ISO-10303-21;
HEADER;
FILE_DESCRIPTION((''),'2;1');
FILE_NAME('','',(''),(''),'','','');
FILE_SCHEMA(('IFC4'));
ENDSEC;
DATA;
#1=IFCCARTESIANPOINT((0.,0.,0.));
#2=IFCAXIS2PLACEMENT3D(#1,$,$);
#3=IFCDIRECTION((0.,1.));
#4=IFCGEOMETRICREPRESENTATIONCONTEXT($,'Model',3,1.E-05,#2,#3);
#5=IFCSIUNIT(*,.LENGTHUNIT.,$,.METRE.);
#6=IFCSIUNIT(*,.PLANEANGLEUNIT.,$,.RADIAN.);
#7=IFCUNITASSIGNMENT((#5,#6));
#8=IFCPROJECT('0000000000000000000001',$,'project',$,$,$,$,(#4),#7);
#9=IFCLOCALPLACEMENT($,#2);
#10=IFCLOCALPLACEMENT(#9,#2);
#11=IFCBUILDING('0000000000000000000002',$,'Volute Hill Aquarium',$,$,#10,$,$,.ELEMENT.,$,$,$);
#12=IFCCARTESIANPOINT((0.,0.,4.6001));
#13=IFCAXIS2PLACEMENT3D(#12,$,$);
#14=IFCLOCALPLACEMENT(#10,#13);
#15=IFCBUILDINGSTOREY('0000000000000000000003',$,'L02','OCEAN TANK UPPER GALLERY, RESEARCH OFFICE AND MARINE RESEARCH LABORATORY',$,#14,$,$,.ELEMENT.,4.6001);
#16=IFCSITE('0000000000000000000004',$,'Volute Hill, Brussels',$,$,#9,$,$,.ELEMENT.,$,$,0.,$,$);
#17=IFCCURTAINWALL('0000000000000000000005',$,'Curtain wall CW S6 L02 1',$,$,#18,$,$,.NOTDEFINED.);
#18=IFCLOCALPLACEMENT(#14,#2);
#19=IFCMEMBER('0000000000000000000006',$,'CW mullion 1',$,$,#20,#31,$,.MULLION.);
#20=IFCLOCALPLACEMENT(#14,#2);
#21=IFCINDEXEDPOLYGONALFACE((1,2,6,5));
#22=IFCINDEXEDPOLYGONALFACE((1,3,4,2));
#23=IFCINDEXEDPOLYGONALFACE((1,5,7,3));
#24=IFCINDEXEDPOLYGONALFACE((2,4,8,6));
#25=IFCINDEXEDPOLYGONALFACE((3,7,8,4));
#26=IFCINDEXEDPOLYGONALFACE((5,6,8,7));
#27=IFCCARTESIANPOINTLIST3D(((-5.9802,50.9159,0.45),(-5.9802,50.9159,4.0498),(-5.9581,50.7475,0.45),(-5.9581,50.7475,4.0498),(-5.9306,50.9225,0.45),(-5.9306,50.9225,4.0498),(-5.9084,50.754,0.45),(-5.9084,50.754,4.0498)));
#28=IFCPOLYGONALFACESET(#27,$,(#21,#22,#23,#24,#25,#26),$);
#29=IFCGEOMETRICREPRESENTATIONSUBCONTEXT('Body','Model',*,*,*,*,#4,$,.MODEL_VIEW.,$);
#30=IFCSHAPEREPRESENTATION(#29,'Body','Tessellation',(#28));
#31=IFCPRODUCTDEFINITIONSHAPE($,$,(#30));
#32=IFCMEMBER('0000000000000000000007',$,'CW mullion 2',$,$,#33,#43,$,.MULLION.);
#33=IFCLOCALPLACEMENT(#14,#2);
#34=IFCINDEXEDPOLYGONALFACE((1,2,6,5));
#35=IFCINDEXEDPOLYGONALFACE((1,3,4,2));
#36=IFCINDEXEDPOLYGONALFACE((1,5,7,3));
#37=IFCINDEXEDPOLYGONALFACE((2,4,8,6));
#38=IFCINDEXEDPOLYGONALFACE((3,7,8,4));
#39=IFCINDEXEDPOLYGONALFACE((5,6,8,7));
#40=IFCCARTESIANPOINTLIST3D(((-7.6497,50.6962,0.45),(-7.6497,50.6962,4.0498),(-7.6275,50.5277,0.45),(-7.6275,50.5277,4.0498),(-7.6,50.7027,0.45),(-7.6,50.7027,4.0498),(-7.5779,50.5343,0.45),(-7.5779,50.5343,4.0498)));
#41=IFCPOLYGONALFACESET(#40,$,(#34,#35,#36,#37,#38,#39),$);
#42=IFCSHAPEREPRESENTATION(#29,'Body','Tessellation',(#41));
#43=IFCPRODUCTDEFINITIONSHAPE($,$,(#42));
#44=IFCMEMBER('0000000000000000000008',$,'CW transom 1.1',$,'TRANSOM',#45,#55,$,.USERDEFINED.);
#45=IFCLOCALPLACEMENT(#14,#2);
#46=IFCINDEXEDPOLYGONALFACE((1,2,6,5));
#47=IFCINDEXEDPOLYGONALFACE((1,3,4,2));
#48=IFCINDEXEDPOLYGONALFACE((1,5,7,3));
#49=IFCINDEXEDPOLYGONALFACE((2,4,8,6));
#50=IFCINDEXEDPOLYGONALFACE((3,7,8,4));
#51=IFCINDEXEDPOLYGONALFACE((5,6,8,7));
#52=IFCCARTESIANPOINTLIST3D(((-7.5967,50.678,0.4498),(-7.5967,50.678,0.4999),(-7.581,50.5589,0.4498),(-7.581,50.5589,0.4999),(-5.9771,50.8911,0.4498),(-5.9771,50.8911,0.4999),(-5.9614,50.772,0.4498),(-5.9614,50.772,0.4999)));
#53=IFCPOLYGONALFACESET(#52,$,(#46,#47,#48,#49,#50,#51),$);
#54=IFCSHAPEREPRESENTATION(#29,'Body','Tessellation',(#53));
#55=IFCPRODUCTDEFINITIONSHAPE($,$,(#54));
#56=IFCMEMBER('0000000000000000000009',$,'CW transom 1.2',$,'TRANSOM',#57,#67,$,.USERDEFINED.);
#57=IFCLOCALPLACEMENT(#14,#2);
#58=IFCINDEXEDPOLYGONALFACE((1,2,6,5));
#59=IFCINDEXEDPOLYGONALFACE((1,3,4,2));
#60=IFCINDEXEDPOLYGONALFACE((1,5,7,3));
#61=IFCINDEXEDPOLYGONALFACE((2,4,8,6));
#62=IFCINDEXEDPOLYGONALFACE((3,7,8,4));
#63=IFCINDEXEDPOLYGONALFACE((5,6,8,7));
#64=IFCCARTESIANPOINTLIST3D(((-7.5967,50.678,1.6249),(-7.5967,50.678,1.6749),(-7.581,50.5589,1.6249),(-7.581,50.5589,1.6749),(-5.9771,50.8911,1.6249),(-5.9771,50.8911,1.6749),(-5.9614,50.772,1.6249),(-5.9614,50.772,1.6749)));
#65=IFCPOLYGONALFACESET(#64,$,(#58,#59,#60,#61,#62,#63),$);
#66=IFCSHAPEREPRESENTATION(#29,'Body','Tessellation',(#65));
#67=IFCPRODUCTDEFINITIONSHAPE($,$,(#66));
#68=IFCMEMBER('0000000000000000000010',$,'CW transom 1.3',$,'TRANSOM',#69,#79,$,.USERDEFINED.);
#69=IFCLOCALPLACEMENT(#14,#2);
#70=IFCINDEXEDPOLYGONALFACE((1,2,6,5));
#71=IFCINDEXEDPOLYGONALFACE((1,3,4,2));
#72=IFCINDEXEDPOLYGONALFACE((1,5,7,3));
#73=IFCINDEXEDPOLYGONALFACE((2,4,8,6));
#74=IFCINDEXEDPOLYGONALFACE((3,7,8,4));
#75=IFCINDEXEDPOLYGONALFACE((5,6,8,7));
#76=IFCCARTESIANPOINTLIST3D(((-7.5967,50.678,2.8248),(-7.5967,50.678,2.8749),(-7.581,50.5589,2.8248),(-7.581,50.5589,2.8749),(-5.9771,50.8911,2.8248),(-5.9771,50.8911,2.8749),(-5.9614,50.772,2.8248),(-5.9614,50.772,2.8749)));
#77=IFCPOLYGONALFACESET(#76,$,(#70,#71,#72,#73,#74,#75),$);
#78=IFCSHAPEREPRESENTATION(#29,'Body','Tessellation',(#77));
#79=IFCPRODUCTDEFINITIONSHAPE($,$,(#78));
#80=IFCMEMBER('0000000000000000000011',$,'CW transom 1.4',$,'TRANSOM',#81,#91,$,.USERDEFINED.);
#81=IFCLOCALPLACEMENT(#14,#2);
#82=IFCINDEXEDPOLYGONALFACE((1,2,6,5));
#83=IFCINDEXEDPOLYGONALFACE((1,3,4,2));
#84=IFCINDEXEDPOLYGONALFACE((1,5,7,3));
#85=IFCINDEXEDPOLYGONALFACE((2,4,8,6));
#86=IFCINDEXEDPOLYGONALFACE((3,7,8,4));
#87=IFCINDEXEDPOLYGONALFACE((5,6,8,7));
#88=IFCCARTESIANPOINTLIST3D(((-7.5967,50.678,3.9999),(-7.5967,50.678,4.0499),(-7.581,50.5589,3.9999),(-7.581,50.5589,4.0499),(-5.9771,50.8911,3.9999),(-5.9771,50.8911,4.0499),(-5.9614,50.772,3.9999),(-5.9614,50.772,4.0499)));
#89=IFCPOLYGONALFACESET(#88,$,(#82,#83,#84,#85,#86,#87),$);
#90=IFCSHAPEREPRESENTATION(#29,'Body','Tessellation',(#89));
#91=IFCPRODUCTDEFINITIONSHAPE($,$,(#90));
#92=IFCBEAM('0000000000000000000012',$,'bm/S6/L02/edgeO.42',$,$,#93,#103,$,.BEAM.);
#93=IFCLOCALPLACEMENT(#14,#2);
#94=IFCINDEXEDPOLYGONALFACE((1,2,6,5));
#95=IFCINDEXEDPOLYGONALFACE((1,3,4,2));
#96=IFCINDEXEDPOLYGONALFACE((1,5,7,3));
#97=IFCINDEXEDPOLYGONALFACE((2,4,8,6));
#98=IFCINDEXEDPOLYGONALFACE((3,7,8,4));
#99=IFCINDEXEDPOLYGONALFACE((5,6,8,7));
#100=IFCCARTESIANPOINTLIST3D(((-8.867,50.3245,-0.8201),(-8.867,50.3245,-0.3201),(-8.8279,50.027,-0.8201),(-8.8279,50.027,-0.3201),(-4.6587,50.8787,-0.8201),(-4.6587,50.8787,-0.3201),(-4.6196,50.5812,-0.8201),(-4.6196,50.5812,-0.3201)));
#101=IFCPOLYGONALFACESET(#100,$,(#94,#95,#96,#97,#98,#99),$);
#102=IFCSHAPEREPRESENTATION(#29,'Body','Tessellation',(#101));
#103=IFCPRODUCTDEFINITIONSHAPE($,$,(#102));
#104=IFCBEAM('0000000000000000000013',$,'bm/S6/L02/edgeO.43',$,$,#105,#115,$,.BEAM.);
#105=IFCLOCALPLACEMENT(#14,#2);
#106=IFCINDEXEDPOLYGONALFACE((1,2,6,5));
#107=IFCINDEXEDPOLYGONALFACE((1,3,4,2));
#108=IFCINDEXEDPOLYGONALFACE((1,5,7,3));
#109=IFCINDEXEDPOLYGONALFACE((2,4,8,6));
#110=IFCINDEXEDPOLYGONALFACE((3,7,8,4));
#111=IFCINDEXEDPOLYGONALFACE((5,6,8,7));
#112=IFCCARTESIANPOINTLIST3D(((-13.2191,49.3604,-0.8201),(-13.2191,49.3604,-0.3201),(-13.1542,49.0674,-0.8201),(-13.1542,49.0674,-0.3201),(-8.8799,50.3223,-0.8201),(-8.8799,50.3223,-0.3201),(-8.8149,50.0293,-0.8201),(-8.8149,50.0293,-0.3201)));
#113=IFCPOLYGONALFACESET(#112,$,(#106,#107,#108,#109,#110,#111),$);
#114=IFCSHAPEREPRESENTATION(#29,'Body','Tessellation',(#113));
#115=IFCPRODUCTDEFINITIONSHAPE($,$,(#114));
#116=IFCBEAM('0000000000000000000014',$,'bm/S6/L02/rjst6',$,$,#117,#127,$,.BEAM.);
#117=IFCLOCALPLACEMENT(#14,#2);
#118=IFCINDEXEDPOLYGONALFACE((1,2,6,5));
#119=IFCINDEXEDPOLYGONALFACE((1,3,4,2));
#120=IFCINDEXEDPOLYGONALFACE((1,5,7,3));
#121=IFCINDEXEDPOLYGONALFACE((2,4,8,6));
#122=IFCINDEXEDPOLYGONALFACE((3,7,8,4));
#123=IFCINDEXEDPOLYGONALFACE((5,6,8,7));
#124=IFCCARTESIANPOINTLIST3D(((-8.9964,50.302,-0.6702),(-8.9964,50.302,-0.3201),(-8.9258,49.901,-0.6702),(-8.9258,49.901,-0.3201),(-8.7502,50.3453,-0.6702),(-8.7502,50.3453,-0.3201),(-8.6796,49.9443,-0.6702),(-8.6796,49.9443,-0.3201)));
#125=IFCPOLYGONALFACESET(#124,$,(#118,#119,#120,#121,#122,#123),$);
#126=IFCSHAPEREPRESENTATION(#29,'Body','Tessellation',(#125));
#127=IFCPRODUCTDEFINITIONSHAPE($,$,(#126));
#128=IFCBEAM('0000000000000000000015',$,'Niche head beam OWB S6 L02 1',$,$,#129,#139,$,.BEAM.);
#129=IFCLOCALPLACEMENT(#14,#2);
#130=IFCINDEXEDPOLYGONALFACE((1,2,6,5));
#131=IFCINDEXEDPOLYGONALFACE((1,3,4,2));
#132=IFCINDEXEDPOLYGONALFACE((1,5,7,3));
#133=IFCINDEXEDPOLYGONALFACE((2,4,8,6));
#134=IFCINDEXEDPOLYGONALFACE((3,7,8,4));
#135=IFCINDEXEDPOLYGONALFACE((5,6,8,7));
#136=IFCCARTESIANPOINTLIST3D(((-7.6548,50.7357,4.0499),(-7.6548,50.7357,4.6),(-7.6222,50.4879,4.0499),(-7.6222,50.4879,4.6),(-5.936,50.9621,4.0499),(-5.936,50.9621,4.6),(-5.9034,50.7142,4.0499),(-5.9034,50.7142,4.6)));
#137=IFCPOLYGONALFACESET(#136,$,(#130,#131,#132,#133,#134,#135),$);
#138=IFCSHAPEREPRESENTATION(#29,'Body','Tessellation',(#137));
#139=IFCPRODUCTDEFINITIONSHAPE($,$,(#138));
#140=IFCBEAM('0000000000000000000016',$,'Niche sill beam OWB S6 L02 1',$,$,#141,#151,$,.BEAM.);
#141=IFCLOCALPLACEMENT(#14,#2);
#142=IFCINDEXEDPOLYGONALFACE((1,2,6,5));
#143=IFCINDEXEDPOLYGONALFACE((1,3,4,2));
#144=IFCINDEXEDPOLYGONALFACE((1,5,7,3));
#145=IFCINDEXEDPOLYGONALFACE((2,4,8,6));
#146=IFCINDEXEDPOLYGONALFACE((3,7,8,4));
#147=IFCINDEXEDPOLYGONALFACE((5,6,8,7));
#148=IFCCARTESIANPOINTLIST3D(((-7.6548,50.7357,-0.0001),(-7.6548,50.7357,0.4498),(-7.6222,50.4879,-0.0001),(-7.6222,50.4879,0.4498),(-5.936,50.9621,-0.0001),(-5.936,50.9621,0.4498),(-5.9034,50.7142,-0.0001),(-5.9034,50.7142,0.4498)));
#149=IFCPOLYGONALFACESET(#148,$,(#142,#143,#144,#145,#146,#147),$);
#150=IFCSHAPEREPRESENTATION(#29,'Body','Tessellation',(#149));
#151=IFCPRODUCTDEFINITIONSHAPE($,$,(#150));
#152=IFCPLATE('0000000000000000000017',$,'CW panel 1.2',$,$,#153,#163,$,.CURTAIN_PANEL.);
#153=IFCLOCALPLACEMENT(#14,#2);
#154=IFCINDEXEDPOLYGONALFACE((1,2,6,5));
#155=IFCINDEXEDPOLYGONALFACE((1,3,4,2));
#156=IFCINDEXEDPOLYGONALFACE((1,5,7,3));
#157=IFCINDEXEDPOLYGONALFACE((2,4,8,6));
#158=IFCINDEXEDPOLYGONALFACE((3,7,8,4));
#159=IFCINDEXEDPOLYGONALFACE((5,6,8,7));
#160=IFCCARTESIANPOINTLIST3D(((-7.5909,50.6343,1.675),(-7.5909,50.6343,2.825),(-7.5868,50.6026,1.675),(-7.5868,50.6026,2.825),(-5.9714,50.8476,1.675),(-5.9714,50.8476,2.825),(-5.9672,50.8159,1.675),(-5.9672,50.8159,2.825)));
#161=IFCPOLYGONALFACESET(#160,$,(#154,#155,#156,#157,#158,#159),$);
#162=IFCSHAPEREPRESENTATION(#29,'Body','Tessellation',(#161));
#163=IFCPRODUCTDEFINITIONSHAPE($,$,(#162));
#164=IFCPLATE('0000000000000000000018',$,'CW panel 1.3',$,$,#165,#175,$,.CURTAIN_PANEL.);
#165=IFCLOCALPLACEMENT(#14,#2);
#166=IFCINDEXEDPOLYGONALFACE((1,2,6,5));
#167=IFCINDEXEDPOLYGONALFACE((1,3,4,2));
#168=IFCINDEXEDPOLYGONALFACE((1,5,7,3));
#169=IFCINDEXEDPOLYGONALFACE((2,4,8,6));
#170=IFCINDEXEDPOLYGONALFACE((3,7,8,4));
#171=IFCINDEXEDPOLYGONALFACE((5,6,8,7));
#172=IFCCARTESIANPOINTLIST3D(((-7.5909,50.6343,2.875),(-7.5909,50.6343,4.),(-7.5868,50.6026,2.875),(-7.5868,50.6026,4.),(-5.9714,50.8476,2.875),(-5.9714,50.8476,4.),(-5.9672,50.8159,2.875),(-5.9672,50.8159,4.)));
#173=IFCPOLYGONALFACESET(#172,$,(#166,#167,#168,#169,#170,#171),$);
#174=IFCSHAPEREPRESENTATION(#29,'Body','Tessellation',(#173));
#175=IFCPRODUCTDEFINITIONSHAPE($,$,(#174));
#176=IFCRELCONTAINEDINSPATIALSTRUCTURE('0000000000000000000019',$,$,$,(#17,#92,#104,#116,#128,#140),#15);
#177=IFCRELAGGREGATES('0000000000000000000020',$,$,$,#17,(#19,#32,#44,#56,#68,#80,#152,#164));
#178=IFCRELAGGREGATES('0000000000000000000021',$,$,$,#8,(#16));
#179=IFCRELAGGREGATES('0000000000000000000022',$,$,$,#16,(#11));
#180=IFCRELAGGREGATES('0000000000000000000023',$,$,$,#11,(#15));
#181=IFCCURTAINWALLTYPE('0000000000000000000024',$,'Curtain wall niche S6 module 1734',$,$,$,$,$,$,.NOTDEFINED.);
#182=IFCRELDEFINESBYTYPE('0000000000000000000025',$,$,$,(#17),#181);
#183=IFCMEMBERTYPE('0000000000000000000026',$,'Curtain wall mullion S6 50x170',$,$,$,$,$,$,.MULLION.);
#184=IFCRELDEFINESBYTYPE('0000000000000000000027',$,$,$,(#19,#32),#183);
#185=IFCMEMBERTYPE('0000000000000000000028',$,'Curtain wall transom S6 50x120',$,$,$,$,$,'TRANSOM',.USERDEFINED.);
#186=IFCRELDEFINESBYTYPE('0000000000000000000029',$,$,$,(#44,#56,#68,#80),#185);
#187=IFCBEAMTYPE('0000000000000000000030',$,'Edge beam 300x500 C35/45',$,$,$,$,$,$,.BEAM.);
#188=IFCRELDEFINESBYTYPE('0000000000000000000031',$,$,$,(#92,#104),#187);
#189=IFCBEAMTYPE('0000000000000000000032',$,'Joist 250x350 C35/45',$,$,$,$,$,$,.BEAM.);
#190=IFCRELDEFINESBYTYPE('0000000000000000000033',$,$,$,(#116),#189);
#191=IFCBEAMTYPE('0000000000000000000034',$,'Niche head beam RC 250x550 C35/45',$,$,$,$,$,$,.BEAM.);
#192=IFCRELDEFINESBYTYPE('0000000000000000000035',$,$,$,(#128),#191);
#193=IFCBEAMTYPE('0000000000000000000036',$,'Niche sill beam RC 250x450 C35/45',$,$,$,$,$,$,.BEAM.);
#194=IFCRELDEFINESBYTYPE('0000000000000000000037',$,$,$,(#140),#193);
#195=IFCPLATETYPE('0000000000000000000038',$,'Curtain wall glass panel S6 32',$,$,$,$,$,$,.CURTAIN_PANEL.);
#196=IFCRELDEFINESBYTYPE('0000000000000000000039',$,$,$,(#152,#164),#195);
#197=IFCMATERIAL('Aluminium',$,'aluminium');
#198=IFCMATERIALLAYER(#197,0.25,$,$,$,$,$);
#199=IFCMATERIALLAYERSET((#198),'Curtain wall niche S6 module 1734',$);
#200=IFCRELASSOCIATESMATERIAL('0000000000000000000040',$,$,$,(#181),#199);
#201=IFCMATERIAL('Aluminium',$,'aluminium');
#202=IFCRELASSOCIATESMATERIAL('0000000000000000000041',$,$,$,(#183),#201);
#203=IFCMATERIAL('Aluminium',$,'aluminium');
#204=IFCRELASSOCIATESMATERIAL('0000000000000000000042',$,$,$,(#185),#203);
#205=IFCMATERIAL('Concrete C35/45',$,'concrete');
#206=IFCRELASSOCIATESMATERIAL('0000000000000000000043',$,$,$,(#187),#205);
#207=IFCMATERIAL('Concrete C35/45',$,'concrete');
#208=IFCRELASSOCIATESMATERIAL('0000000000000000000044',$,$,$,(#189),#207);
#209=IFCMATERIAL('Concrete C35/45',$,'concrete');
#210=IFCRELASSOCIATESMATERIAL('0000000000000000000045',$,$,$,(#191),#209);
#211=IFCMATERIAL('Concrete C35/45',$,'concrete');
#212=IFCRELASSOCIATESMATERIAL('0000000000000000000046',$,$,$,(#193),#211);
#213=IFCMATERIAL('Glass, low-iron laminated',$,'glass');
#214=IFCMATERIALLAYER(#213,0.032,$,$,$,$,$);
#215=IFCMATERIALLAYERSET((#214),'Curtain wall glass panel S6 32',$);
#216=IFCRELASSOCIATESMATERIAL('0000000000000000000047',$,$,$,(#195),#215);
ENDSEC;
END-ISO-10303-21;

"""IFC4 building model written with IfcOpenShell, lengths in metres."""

from ifc_helpers import new_model, si_unit, direction, frame, origin, origin_2d, place, context, subcontext, project, spatial, rectangle, extrude, material, layer, layer_set, material_profile, profile_set, type_object, element, aggregate, save


model = new_model("IFC4")

# Units and contexts
model_context = context("Model", 3, precision=1e-05, world=origin(), true_north=direction((0.0, 1.0)))
body_context = subcontext(model_context, "Body", "Model", "MODEL_VIEW")
ifc_project = project(units=[si_unit("LENGTHUNIT", "METRE"), si_unit("PLANEANGLEUNIT", "RADIAN")], contexts=[model_context])

# Site, building, storey
site_placement = place(None, origin())
site = spatial("IfcSite", under=ifc_project, at=site_placement, Name="Volute Hill, Brussels", CompositionType="ELEMENT", RefElevation=0.0)
building_placement = place(site_placement, origin())
building = spatial("IfcBuilding", under=site, at=building_placement, Name="Volute Hill Aquarium", CompositionType="ELEMENT")
storey_placement = place(building_placement, frame((0.0, 0.0, 4.6001)))
storey = spatial("IfcBuildingStorey", under=building, at=storey_placement, Name="L02", Description="OCEAN TANK UPPER GALLERY, RESEARCH OFFICE AND MARINE RESEARCH LABORATORY", CompositionType="ELEMENT", Elevation=4.6001)

# Curtain wall, members
ifc_material_1 = material(Name="Aluminium", Category="aluminium")
ifc_layer_1 = layer(ifc_material_1, 0.25)
ifc_layer_set_1 = layer_set([ifc_layer_1], Name="Curtain wall niche S6 module 1734")
curtain_wall_type = type_object("IfcCurtainWallType", Name="Curtain wall niche S6 module 1734", PredefinedType="NOTDEFINED", material=ifc_layer_set_1)
curtain_wall_placement = place(storey_placement, origin())
curtain_wall = element("IfcCurtainWall", 1, at=curtain_wall_placement, inside=storey, type_object=curtain_wall_type, Name="Curtain wall CW S6 L02 1", PredefinedType="NOTDEFINED")
ifc_material_2 = material(Name="Aluminium", Category="aluminium")
ifc_material_profile_1 = material_profile(ifc_material_2, rectangle(XDim=0.1699, YDim=0.05, at=origin_2d()), Name="Curtain wall mullion S6 50x170")
ifc_profile_set_1 = profile_set([ifc_material_profile_1], Name="Aluminium")
member_type_1 = type_object("IfcMemberType", Name="Curtain wall mullion S6 50x170", PredefinedType="MULLION", material=ifc_profile_set_1)
member_1_placement = place(storey_placement, frame((-5.9443, 50.835, 0.45), z_axis=(0.0, 0.0, 1.0), x_axis=(0.130524, -0.991445, 0.0)))
member_1 = element("IfcMember", 2, at=member_1_placement, type_object=member_type_1, Name="CW mullion 1", PredefinedType="MULLION", context=body_context, shape_type="SweptSolid", body=[
    extrude(rectangle(XDim=0.1699, YDim=0.05, at=origin_2d()), origin(), (0.0, 0.0, 1.0), 3.5999),
])
member_2_placement = place(storey_placement, frame((-7.6138, 50.6152, 0.45), z_axis=(0.0, 0.0, 1.0), x_axis=(0.130524, -0.991445, 0.0)))
member_2 = element("IfcMember", 3, at=member_2_placement, type_object=member_type_1, Name="CW mullion 2", PredefinedType="MULLION", context=body_context, shape_type="SweptSolid", body=[
    extrude(rectangle(XDim=0.1699, YDim=0.05, at=origin_2d()), origin(), (0.0, 0.0, 1.0), 3.5999),
])
ifc_material_3 = material(Name="Aluminium", Category="aluminium")
ifc_material_profile_2 = material_profile(ifc_material_3, rectangle(XDim=0.1201, YDim=0.05, at=origin_2d()), Name="Curtain wall transom S6 50x120")
ifc_profile_set_2 = profile_set([ifc_material_profile_2], Name="Aluminium")
member_type_2 = type_object("IfcMemberType", Name="Curtain wall transom S6 50x120", ElementType="TRANSOM", PredefinedType="USERDEFINED", material=ifc_profile_set_2)
member_3_placement = place(storey_placement, frame((-5.9692, 50.8315, 0.4749), z_axis=(-0.991452, -0.13047, 0.0), x_axis=(0.13047, -0.991452, 0.0)))
member_3 = element("IfcMember", 4, at=member_3_placement, type_object=member_type_2, Name="CW transom 1.1", ObjectType="TRANSOM", PredefinedType="USERDEFINED", context=body_context, shape_type="SweptSolid", body=[
    extrude(rectangle(XDim=0.1201, YDim=0.05, at=origin_2d()), origin(), (0.0, 0.0, 1.0), 1.6335),
])
member_4_placement = place(storey_placement, frame((-5.9692, 50.8315, 1.6499), z_axis=(-0.991452, -0.13047, 0.0), x_axis=(0.13047, -0.991452, 0.0)))
member_4 = element("IfcMember", 5, at=member_4_placement, type_object=member_type_2, Name="CW transom 1.2", ObjectType="TRANSOM", PredefinedType="USERDEFINED", context=body_context, shape_type="SweptSolid", body=[
    extrude(rectangle(XDim=0.1201, YDim=0.05, at=origin_2d()), origin(), (0.0, 0.0, 1.0), 1.6335),
])
member_5_placement = place(storey_placement, frame((-5.9692, 50.8315, 2.8499), z_axis=(-0.991452, -0.13047, 0.0), x_axis=(0.13047, -0.991452, 0.0)))
member_5 = element("IfcMember", 6, at=member_5_placement, type_object=member_type_2, Name="CW transom 1.3", ObjectType="TRANSOM", PredefinedType="USERDEFINED", context=body_context, shape_type="SweptSolid", body=[
    extrude(rectangle(XDim=0.1201, YDim=0.05, at=origin_2d()), origin(), (0.0, 0.0, 1.0), 1.6335),
])
member_6_placement = place(storey_placement, frame((-5.9692, 50.8315, 4.0249), z_axis=(-0.991452, -0.13047, 0.0), x_axis=(0.13047, -0.991452, 0.0)))
member_6 = element("IfcMember", 7, at=member_6_placement, type_object=member_type_2, Name="CW transom 1.4", ObjectType="TRANSOM", PredefinedType="USERDEFINED", context=body_context, shape_type="SweptSolid", body=[
    extrude(rectangle(XDim=0.1201, YDim=0.05, at=origin_2d()), origin(), (0.0, 0.0, 1.0), 1.6335),
])

# Beams
ifc_material_4 = material(Name="Concrete C35/45", Category="concrete")
ifc_material_profile_3 = material_profile(ifc_material_4, rectangle(XDim=0.3, YDim=0.5, at=origin_2d()), Name="RC edge beam 300x500")
ifc_profile_set_3 = profile_set([ifc_material_profile_3], Name="Concrete C35/45")
beam_type_1 = type_object("IfcBeamType", Name="Edge beam 300x500 C35/45", PredefinedType="BEAM", material=ifc_profile_set_3)
beam_1_placement = place(storey_placement, frame((-4.6392, 50.73, -0.5701), z_axis=(-0.99144, -0.130566, 0.0), x_axis=(0.130566, -0.99144, 0.0)))
element("IfcBeam", 8, at=beam_1_placement, inside=storey, type_object=beam_type_1, Name="bm/S6/L02/edgeO.42", PredefinedType="BEAM", context=body_context, shape_type="SweptSolid", body=[
    extrude(rectangle(XDim=0.3, YDim=0.5, at=origin_2d()), origin(), (0.0, 0.0, 1.0), 4.2446),
])
beam_2_placement = place(storey_placement, frame((-8.8474, 50.1758, -0.5701), z_axis=(-0.976301, -0.216419, 0.0), x_axis=(0.216419, -0.976301, 0.0)))
element("IfcBeam", 9, at=beam_2_placement, inside=storey, type_object=beam_type_1, Name="bm/S6/L02/edgeO.43", PredefinedType="BEAM", context=body_context, shape_type="SweptSolid", body=[
    extrude(rectangle(XDim=0.3, YDim=0.5, at=origin_2d()), origin(), (0.0, 0.0, 1.0), 4.4446),
])
ifc_material_5 = material(Name="Concrete C35/45", Category="concrete")
ifc_material_profile_4 = material_profile(ifc_material_5, rectangle(XDim=0.25, YDim=0.3501, at=origin_2d()), Name="RC joist 250x350")
ifc_profile_set_4 = profile_set([ifc_material_profile_4], Name="Concrete C35/45")
beam_type_2 = type_object("IfcBeamType", Name="Joist 250x350 C35/45", PredefinedType="BEAM", material=ifc_profile_set_4)
beam_3_placement = place(storey_placement, frame((-8.8027, 49.9226, -0.4951), z_axis=(-0.173238, 0.98488, 0.0), x_axis=(-0.98488, -0.173238, 0.0)))
element("IfcBeam", 10, at=beam_3_placement, inside=storey, type_object=beam_type_2, Name="bm/S6/L02/rjst6", PredefinedType="BEAM", context=body_context, shape_type="SweptSolid", body=[
    extrude(rectangle(XDim=0.25, YDim=0.3501, at=origin_2d()), origin(), (0.0, 0.0, 1.0), 0.4072),
])
ifc_material_6 = material(Name="Concrete C35/45", Category="concrete")
ifc_material_profile_5 = material_profile(ifc_material_6, rectangle(XDim=0.25, YDim=0.55, at=origin_2d()), Name="RC beam 250x550")
ifc_profile_set_5 = profile_set([ifc_material_profile_5], Name="Concrete C35/45")
beam_type_3 = type_object("IfcBeamType", Name="Niche head beam RC 250x550 C35/45", PredefinedType="BEAM", material=ifc_profile_set_5)
beam_4_placement = place(storey_placement, frame((-5.9197, 50.8381, 4.325), z_axis=(-0.991442, -0.130549, 0.0), x_axis=(0.130549, -0.991442, 0.0)))
element("IfcBeam", 11, at=beam_4_placement, inside=storey, type_object=beam_type_3, Name="Niche head beam OWB S6 L02 1", PredefinedType="BEAM", context=body_context, shape_type="SweptSolid", body=[
    extrude(rectangle(XDim=0.25, YDim=0.55, at=origin_2d()), origin(), (0.0, 0.0, 1.0), 1.7336),
])
ifc_material_7 = material(Name="Concrete C35/45", Category="concrete")
ifc_material_profile_6 = material_profile(ifc_material_7, rectangle(XDim=0.25, YDim=0.45, at=origin_2d()), Name="RC beam 250x450")
ifc_profile_set_6 = profile_set([ifc_material_profile_6], Name="Concrete C35/45")
beam_type_4 = type_object("IfcBeamType", Name="Niche sill beam RC 250x450 C35/45", PredefinedType="BEAM", material=ifc_profile_set_6)
beam_5_placement = place(storey_placement, frame((-5.9197, 50.8381, 0.2249), z_axis=(-0.991442, -0.130549, 0.0), x_axis=(0.130549, -0.991442, 0.0)))
element("IfcBeam", 12, at=beam_5_placement, inside=storey, type_object=beam_type_4, Name="Niche sill beam OWB S6 L02 1", PredefinedType="BEAM", context=body_context, shape_type="SweptSolid", body=[
    extrude(rectangle(XDim=0.25, YDim=0.45, at=origin_2d()), origin(), (0.0, 0.0, 1.0), 1.7336),
])

# Plates
ifc_material_8 = material(Name="Glass, low-iron laminated", Category="glass")
ifc_layer_2 = layer(ifc_material_8, 0.032)
ifc_layer_set_2 = layer_set([ifc_layer_2], Name="Curtain wall glass panel S6 32")
plate_type_1 = type_object("IfcPlateType", Name="Curtain wall glass panel S6 32", PredefinedType="CURTAIN_PANEL", material=ifc_layer_set_2)
plate_1_placement = place(storey_placement, frame((-6.7791, 50.7251, 1.675), z_axis=(0.0, 0.0, 1.0), x_axis=(-0.991445, -0.130524, 0.0)))
plate_1 = element("IfcPlate", 13, at=plate_1_placement, type_object=plate_type_1, Name="CW panel 1.2", PredefinedType="CURTAIN_PANEL", context=body_context, shape_type="SweptSolid", body=[
    extrude(rectangle(XDim=1.6335, YDim=0.032, at=origin_2d()), origin(), (0.0, 0.0, 1.0), 1.1499),
])
plate_2_placement = place(storey_placement, frame((-6.7791, 50.7251, 2.875), z_axis=(0.0, 0.0, 1.0), x_axis=(-0.991445, -0.130524, 0.0)))
plate_2 = element("IfcPlate", 14, at=plate_2_placement, type_object=plate_type_1, Name="CW panel 1.3", PredefinedType="CURTAIN_PANEL", context=body_context, shape_type="SweptSolid", body=[
    extrude(rectangle(XDim=1.6335, YDim=0.032, at=origin_2d()), origin(), (0.0, 0.0, 1.0), 1.125),
])
aggregate(curtain_wall, [member_1, member_2, member_3, member_4, member_5, member_6, plate_1, plate_2])

save(model, "model.ifc")
